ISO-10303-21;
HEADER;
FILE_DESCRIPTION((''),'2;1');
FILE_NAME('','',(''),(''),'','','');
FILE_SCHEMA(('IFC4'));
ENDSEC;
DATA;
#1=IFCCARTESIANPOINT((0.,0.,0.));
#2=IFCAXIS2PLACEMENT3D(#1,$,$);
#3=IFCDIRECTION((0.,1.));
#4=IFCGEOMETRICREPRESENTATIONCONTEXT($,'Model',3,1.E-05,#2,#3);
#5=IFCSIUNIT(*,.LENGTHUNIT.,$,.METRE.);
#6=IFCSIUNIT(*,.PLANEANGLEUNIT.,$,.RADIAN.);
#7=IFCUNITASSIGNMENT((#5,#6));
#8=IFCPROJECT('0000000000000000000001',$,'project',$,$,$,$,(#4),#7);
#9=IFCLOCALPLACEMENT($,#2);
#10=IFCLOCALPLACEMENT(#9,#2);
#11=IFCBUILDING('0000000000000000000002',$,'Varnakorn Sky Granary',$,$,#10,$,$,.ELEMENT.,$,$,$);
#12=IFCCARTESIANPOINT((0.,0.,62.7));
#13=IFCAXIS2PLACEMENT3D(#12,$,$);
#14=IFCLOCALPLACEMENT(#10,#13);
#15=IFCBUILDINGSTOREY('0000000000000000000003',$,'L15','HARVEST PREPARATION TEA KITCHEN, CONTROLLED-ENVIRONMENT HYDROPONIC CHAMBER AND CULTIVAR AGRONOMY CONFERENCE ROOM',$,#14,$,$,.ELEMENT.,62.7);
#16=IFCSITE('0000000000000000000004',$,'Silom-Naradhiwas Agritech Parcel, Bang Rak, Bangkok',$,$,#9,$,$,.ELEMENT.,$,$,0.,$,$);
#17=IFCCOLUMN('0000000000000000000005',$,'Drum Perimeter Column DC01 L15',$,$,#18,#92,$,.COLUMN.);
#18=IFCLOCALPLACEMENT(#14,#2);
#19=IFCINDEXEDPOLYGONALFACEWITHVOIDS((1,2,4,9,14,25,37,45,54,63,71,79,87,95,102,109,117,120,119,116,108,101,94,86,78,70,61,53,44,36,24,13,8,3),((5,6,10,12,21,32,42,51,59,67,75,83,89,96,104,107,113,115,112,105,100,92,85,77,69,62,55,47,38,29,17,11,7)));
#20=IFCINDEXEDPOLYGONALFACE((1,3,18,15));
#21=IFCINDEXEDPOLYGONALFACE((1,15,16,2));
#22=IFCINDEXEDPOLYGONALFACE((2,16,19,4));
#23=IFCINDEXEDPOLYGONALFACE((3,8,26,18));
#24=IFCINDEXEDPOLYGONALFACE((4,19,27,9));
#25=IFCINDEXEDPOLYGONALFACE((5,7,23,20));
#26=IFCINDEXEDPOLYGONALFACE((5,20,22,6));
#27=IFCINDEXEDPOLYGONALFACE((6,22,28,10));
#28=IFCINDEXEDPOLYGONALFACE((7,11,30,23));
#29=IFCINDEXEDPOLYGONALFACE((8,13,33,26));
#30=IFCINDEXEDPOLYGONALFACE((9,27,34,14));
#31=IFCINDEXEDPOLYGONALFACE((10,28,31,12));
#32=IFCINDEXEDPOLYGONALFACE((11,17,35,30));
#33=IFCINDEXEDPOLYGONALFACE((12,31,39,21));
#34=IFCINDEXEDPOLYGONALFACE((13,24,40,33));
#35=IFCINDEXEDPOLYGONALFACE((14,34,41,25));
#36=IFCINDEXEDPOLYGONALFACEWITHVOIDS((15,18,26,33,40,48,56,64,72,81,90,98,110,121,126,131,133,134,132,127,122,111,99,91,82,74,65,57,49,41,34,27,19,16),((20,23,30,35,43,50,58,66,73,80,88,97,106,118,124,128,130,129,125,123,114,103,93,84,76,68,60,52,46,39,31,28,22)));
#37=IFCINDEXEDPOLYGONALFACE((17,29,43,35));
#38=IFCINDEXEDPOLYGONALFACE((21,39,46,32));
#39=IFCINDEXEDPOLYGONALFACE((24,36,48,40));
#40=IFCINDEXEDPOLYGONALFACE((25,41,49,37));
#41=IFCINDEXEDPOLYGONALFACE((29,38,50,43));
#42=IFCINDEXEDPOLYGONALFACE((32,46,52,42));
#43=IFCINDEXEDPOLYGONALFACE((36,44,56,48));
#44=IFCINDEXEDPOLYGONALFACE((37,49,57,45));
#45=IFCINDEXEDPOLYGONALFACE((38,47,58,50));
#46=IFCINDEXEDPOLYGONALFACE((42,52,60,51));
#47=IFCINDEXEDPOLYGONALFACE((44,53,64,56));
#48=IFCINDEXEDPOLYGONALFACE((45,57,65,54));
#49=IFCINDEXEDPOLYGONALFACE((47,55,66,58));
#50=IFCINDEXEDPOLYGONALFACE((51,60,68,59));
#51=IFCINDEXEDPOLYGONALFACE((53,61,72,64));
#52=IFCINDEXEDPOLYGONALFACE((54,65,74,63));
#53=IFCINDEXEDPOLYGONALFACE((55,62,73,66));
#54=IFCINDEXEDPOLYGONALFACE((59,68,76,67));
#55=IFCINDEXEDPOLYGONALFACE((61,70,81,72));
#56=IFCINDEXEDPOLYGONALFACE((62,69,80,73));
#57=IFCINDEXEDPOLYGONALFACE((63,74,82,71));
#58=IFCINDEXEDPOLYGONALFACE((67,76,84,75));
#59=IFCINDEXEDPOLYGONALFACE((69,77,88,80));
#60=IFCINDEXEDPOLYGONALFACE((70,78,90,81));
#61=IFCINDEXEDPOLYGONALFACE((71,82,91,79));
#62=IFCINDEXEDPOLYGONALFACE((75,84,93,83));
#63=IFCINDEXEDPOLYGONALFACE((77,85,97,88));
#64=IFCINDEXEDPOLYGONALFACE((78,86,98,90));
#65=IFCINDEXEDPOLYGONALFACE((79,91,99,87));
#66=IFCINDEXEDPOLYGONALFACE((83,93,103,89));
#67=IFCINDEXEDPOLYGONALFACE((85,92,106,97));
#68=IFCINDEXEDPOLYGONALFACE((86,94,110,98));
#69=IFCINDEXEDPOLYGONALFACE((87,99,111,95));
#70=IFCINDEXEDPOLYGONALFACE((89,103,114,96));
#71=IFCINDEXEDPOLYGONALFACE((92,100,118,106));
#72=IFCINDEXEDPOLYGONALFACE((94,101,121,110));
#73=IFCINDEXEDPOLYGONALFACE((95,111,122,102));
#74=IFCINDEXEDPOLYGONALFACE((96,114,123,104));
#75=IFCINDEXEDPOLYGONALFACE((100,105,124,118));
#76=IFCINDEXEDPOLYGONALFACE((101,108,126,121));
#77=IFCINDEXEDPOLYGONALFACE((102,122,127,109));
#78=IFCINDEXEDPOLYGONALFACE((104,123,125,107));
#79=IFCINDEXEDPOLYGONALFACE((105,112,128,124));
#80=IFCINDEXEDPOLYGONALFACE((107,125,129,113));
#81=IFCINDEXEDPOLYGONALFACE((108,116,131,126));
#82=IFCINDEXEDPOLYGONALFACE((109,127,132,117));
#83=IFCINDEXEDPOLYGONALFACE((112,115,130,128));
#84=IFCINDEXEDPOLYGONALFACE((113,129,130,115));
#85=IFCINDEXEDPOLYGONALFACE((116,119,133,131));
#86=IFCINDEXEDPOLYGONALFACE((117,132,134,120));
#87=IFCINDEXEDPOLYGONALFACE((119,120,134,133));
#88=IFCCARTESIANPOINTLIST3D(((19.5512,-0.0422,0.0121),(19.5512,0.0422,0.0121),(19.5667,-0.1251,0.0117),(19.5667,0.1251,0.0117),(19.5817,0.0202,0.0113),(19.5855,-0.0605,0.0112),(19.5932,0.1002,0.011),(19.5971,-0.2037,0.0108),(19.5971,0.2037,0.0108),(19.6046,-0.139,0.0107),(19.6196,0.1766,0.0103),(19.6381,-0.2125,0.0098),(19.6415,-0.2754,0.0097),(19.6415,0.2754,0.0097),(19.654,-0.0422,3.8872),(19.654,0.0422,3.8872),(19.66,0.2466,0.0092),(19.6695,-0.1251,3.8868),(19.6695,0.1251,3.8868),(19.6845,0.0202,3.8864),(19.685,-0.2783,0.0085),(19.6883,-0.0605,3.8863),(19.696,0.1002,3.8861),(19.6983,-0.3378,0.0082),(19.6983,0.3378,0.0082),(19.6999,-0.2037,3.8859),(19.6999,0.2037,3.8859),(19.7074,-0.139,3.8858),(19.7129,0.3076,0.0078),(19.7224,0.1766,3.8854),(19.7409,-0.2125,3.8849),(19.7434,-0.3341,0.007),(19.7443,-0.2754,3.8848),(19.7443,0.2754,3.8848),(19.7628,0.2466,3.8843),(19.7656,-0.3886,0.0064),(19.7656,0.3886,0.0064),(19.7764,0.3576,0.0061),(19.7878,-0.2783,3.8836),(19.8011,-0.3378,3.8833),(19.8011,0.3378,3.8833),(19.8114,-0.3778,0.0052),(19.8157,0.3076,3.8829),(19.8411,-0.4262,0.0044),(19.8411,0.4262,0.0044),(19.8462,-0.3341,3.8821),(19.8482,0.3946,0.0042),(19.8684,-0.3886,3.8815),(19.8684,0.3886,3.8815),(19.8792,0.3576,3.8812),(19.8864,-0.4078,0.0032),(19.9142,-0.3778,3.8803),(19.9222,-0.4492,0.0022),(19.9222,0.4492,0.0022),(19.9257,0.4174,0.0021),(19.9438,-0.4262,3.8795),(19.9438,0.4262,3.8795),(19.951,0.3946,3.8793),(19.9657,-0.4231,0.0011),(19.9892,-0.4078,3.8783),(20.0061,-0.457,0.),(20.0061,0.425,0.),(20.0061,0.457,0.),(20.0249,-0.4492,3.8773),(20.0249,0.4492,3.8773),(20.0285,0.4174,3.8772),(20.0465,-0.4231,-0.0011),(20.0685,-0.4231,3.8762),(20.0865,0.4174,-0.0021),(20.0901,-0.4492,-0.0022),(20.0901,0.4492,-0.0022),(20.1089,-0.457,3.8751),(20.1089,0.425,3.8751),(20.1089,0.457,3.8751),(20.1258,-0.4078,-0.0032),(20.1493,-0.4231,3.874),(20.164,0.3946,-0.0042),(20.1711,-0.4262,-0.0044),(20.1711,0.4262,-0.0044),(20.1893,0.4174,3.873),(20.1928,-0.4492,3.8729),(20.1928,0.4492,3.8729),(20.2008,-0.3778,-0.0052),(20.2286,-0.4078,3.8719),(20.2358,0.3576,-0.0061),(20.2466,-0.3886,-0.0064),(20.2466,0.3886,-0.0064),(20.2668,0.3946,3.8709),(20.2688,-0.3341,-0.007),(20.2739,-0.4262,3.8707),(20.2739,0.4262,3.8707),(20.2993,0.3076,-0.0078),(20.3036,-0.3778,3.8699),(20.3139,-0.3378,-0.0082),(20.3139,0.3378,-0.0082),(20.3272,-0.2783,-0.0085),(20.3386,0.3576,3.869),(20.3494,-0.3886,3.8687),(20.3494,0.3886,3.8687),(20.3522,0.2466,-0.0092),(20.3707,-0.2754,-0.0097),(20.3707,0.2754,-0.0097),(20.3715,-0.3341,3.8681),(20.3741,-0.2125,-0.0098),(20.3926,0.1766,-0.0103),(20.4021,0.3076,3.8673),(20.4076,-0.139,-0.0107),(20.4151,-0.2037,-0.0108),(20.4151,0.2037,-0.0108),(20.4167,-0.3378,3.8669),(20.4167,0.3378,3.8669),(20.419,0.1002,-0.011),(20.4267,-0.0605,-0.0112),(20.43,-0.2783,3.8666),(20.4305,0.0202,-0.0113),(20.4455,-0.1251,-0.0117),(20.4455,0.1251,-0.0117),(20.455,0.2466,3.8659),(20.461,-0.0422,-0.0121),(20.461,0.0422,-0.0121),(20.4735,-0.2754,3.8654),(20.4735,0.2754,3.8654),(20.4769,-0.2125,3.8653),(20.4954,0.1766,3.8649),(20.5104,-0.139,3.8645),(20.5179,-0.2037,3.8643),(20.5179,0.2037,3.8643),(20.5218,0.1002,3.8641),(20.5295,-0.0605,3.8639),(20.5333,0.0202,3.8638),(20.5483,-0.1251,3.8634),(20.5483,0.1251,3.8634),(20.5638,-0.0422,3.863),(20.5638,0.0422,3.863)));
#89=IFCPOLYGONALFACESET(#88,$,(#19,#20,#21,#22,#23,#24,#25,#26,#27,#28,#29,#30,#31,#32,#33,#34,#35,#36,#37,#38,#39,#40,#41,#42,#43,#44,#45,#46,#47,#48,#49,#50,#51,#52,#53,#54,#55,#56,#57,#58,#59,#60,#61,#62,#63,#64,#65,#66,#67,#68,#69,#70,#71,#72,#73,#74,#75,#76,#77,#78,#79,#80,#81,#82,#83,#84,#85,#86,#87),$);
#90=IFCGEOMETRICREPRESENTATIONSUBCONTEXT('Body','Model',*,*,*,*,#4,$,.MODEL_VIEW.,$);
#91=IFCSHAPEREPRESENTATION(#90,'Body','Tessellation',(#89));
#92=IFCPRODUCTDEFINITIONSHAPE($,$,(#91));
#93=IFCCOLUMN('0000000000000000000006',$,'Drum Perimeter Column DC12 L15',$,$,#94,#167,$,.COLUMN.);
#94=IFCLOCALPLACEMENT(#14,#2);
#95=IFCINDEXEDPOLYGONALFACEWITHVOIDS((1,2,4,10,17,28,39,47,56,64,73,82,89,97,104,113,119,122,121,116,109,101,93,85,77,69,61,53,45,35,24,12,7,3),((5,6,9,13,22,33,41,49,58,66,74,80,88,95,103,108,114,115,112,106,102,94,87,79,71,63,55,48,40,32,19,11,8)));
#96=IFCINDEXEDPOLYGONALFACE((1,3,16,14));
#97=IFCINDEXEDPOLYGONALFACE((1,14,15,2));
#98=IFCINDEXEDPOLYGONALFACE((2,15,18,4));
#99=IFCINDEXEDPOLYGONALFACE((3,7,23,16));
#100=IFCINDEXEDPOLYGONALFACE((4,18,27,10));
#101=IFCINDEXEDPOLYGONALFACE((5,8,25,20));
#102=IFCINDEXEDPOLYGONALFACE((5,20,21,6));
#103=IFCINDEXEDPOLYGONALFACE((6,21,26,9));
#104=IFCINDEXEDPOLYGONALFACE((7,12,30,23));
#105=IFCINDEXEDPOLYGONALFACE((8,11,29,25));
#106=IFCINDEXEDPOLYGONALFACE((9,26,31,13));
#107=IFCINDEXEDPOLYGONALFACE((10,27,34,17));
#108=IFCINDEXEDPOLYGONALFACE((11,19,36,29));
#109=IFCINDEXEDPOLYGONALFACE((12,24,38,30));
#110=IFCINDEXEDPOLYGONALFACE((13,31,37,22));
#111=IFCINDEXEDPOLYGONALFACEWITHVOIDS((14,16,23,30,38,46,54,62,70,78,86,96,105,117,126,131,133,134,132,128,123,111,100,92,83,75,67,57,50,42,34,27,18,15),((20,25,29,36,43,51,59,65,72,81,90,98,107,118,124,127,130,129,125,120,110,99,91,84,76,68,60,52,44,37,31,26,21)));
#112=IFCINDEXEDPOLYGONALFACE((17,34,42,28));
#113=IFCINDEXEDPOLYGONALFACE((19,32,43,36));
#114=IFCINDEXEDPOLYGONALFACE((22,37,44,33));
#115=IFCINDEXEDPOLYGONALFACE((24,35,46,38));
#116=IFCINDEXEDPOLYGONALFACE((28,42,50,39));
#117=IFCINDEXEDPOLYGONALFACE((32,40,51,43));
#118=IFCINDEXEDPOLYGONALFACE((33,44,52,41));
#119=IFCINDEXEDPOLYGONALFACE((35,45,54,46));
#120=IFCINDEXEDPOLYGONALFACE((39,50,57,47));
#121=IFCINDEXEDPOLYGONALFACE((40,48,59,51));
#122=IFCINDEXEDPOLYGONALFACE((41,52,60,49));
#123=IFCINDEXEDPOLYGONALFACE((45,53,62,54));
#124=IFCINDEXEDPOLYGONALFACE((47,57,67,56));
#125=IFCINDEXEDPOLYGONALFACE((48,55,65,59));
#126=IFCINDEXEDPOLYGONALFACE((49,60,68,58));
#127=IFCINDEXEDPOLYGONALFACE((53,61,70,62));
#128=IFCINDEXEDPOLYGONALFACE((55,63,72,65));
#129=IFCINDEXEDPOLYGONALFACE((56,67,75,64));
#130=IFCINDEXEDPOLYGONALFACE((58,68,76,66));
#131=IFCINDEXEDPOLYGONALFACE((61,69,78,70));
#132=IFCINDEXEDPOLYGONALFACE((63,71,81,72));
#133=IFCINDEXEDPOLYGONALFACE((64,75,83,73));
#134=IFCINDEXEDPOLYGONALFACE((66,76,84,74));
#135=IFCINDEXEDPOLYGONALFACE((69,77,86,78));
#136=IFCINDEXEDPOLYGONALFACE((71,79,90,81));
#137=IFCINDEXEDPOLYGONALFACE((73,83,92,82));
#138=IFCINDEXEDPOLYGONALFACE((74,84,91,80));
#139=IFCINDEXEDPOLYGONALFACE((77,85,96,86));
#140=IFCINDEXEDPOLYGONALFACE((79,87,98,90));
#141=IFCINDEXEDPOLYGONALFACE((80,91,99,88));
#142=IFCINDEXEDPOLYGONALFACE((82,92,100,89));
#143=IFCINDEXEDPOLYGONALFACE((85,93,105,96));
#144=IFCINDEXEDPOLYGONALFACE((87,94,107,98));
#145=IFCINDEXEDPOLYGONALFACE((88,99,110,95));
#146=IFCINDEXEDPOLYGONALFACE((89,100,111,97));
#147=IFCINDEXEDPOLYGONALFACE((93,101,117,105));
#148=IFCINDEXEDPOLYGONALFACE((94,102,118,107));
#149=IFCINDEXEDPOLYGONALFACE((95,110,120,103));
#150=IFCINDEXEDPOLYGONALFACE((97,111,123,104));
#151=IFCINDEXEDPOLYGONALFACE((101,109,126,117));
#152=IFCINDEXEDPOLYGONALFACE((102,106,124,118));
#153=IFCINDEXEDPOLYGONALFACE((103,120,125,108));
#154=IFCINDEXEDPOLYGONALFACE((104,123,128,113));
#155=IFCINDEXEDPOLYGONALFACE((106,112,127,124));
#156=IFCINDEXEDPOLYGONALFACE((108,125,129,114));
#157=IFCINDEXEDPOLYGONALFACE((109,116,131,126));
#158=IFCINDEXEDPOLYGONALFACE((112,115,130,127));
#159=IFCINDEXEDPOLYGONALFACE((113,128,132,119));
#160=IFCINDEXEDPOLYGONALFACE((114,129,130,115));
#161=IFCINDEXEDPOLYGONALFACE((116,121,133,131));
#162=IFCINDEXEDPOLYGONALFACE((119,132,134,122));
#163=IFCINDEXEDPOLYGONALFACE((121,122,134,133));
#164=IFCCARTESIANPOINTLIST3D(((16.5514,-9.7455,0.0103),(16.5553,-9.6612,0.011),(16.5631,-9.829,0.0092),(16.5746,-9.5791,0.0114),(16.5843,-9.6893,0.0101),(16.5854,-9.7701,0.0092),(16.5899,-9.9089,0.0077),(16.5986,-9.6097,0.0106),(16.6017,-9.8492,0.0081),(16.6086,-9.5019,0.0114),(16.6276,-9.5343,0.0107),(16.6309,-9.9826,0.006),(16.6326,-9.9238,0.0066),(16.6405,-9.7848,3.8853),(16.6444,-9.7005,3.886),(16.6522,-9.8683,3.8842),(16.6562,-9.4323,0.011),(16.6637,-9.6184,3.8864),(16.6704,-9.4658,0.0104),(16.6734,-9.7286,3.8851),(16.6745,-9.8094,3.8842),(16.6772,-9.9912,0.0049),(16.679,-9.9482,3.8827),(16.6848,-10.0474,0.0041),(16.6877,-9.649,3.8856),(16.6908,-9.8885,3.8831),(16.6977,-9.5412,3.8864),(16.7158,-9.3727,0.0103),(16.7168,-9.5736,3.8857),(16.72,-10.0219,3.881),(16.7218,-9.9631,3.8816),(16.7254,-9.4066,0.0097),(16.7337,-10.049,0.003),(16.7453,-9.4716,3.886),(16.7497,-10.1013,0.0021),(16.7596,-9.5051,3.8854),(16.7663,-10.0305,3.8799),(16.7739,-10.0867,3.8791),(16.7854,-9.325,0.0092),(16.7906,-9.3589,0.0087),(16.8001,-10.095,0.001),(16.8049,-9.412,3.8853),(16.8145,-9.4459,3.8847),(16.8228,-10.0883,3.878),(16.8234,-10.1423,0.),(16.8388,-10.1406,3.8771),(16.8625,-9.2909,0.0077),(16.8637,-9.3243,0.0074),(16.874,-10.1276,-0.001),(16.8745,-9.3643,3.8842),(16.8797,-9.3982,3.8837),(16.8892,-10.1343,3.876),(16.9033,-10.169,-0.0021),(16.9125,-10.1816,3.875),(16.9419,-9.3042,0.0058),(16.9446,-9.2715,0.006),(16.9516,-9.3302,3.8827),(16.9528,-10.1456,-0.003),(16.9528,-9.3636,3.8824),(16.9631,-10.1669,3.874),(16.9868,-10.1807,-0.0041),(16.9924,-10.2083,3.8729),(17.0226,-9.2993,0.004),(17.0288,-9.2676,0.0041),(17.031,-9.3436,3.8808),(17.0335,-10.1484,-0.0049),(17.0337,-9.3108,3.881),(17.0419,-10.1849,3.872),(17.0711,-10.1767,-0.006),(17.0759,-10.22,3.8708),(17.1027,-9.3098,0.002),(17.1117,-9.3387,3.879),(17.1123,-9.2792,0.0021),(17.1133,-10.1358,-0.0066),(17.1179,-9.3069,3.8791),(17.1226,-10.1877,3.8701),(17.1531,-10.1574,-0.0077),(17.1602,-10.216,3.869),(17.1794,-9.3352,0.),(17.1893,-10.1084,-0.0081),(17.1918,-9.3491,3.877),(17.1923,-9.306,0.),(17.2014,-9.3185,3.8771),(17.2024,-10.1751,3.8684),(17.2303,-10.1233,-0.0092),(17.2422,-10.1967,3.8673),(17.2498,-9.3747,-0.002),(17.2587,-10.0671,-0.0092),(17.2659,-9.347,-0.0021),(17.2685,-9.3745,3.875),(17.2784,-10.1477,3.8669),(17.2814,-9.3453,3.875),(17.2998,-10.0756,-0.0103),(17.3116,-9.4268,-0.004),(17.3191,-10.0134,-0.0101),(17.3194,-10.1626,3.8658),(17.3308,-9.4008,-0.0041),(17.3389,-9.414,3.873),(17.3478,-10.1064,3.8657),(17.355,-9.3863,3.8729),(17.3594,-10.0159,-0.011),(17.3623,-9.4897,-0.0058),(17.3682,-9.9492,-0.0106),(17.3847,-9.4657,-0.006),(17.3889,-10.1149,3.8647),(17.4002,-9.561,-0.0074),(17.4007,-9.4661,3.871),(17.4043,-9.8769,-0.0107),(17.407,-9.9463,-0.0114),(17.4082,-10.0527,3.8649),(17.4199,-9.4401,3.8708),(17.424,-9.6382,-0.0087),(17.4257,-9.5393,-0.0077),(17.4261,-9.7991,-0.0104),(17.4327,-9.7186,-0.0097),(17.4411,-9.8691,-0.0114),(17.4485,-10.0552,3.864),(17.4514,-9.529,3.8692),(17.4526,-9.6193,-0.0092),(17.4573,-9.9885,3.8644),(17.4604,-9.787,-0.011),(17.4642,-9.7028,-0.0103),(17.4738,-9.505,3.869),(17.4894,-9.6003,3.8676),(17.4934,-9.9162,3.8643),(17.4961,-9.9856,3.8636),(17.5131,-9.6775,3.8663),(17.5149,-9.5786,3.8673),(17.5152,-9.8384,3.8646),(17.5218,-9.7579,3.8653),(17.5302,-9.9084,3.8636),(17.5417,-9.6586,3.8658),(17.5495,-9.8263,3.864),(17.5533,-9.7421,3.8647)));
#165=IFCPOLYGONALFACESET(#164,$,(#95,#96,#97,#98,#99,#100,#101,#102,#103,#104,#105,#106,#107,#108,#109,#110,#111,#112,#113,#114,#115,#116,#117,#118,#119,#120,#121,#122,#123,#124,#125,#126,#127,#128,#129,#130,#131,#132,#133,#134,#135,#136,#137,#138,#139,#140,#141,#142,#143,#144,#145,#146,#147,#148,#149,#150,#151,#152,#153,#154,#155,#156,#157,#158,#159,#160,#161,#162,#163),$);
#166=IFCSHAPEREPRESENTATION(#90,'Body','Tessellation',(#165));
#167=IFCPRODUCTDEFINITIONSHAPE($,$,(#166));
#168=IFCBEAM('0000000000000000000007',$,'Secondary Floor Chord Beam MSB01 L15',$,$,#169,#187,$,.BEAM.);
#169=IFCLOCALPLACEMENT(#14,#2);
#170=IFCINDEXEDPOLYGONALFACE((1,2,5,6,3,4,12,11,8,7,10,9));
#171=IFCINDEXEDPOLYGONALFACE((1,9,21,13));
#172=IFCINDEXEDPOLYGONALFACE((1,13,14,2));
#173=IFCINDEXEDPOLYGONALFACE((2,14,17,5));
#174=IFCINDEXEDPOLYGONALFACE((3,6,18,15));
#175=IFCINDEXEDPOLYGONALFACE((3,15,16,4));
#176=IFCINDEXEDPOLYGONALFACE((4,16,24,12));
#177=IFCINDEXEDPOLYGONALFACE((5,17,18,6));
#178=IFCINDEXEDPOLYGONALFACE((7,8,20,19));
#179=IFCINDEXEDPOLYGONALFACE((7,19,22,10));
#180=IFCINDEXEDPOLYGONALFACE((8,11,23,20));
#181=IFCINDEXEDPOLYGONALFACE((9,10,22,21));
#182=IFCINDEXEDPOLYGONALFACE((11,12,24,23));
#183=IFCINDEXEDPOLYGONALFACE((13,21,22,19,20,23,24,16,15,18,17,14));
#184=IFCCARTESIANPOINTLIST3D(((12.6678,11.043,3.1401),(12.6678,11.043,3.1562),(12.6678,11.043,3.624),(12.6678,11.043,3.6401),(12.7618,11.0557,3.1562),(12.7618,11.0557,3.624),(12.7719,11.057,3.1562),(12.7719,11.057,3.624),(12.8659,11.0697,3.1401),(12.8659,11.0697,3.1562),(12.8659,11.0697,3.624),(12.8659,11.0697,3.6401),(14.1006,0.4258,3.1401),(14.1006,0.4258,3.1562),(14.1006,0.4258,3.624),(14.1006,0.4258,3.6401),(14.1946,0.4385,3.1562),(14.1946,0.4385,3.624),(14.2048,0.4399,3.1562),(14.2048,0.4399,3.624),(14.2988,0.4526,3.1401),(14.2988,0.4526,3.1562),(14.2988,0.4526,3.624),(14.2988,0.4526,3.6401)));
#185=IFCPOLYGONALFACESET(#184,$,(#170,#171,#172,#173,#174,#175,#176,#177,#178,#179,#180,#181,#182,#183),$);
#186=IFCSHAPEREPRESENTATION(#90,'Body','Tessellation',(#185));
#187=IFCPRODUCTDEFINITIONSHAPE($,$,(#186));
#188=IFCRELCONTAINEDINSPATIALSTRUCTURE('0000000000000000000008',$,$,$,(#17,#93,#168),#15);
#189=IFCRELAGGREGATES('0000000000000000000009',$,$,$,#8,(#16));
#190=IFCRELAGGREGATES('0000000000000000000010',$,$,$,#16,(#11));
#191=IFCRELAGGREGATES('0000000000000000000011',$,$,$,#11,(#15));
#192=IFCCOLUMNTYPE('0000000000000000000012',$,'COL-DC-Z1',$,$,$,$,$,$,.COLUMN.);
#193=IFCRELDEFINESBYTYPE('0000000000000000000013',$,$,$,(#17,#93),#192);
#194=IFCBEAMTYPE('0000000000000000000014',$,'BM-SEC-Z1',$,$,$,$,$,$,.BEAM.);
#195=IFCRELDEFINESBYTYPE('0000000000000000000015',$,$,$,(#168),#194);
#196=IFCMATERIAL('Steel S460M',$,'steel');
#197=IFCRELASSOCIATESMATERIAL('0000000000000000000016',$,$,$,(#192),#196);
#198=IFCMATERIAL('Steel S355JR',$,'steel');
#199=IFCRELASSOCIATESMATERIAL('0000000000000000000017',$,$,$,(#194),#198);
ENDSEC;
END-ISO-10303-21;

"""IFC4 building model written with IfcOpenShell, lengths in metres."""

from ifc_helpers import new_model, si_unit, direction, frame, origin, origin_2d, place, context, subcontext, project, spatial, hollow_circle, i_section, extrude, material, material_profile, profile_set, type_object, element, save


model = new_model("IFC4")

# Units and contexts
model_context = context("Model", 3, precision=1e-05, world=origin(), true_north=direction((0.0, 1.0)))
body_context = subcontext(model_context, "Body", "Model", "MODEL_VIEW")
ifc_project = project(units=[si_unit("LENGTHUNIT", "METRE"), si_unit("PLANEANGLEUNIT", "RADIAN")], contexts=[model_context])

# Site, building, storey
site_placement = place(None, origin())
site = spatial("IfcSite", under=ifc_project, at=site_placement, Name="Silom-Naradhiwas Agritech Parcel, Bang Rak, Bangkok", CompositionType="ELEMENT", RefElevation=0.0)
building_placement = place(site_placement, origin())
building = spatial("IfcBuilding", under=site, at=building_placement, Name="Varnakorn Sky Granary", CompositionType="ELEMENT")
storey_placement = place(building_placement, frame((0.0, 0.0, 62.7)))
storey = spatial("IfcBuildingStorey", under=building, at=storey_placement, Name="L15", Description="HARVEST PREPARATION TEA KITCHEN, CONTROLLED-ENVIRONMENT HYDROPONIC CHAMBER AND CULTIVAR AGRONOMY CONFERENCE ROOM", CompositionType="ELEMENT", Elevation=62.7)

# Columns
ifc_material_1 = material(Name="Steel S460M", Category="steel")
ifc_material_profile_1 = material_profile(ifc_material_1, hollow_circle(Radius=0.457, WallThickness=0.032, at=origin_2d()), Name="CHS 914x32")
ifc_profile_set_1 = profile_set([ifc_material_profile_1], Name="Steel S460M")
column_type = type_object("IfcColumnType", Name="COL-DC-Z1", PredefinedType="COLUMN", material=ifc_profile_set_1)
column_1_placement = place(storey_placement, frame((20.0061, 0.0, 0.0), z_axis=(0.026515, 0.0, 0.999648), x_axis=(0.0, 1.0, 0.0)))
element("IfcColumn", 1, at=column_1_placement, inside=storey, type_object=column_type, Name="Drum Perimeter Column DC01 L15", PredefinedType="COLUMN", context=body_context, shape_type="SweptSolid", body=[
    extrude(hollow_circle(Radius=0.457, WallThickness=0.032, at=origin_2d()), origin(), (0.0, 0.0, 1.0), 3.8765),
])
column_2_placement = place(storey_placement, frame((17.0078, -9.7241, 0.0), z_axis=(0.022989, -0.01014, 0.999684), x_axis=(0.403578, 0.914945, 0.0)))
element("IfcColumn", 2, at=column_2_placement, inside=storey, type_object=column_type, Name="Drum Perimeter Column DC12 L15", PredefinedType="COLUMN", context=body_context, shape_type="SweptSolid", body=[
    extrude(hollow_circle(Radius=0.457, WallThickness=0.032, at=origin_2d()), origin(), (0.0, 0.0, 1.0), 3.8762),
])

# Beam
ifc_material_2 = material(Name="Steel S355JR", Category="steel")
ifc_material_profile_2 = material_profile(ifc_material_2, i_section(OverallWidth=0.2, OverallDepth=0.5, WebThickness=0.0103, FlangeThickness=0.0161, at=origin_2d()), Name="IPE 500")
ifc_profile_set_2 = profile_set([ifc_material_profile_2], Name="Steel S355JR")
beam_type_1 = type_object("IfcBeamType", Name="BM-SEC-Z1", PredefinedType="BEAM", material=ifc_profile_set_2)
beam_1_placement = place(storey_placement, frame((14.1997, 0.4392, 3.3901), z_axis=(-0.133744, 0.991016, 0.0), x_axis=(-0.991016, -0.133744, 0.0)))
element("IfcBeam", 3, at=beam_1_placement, inside=storey, type_object=beam_type_1, Name="Secondary Floor Chord Beam MSB01 L15", PredefinedType="BEAM", context=body_context, shape_type="SweptSolid", body=[
    extrude(i_section(OverallWidth=0.2, OverallDepth=0.5, WebThickness=0.0103, FlangeThickness=0.0161, at=origin_2d()), origin(), (0.0, 0.0, 1.0), 10.7134),
])

save(model, "model.ifc")
